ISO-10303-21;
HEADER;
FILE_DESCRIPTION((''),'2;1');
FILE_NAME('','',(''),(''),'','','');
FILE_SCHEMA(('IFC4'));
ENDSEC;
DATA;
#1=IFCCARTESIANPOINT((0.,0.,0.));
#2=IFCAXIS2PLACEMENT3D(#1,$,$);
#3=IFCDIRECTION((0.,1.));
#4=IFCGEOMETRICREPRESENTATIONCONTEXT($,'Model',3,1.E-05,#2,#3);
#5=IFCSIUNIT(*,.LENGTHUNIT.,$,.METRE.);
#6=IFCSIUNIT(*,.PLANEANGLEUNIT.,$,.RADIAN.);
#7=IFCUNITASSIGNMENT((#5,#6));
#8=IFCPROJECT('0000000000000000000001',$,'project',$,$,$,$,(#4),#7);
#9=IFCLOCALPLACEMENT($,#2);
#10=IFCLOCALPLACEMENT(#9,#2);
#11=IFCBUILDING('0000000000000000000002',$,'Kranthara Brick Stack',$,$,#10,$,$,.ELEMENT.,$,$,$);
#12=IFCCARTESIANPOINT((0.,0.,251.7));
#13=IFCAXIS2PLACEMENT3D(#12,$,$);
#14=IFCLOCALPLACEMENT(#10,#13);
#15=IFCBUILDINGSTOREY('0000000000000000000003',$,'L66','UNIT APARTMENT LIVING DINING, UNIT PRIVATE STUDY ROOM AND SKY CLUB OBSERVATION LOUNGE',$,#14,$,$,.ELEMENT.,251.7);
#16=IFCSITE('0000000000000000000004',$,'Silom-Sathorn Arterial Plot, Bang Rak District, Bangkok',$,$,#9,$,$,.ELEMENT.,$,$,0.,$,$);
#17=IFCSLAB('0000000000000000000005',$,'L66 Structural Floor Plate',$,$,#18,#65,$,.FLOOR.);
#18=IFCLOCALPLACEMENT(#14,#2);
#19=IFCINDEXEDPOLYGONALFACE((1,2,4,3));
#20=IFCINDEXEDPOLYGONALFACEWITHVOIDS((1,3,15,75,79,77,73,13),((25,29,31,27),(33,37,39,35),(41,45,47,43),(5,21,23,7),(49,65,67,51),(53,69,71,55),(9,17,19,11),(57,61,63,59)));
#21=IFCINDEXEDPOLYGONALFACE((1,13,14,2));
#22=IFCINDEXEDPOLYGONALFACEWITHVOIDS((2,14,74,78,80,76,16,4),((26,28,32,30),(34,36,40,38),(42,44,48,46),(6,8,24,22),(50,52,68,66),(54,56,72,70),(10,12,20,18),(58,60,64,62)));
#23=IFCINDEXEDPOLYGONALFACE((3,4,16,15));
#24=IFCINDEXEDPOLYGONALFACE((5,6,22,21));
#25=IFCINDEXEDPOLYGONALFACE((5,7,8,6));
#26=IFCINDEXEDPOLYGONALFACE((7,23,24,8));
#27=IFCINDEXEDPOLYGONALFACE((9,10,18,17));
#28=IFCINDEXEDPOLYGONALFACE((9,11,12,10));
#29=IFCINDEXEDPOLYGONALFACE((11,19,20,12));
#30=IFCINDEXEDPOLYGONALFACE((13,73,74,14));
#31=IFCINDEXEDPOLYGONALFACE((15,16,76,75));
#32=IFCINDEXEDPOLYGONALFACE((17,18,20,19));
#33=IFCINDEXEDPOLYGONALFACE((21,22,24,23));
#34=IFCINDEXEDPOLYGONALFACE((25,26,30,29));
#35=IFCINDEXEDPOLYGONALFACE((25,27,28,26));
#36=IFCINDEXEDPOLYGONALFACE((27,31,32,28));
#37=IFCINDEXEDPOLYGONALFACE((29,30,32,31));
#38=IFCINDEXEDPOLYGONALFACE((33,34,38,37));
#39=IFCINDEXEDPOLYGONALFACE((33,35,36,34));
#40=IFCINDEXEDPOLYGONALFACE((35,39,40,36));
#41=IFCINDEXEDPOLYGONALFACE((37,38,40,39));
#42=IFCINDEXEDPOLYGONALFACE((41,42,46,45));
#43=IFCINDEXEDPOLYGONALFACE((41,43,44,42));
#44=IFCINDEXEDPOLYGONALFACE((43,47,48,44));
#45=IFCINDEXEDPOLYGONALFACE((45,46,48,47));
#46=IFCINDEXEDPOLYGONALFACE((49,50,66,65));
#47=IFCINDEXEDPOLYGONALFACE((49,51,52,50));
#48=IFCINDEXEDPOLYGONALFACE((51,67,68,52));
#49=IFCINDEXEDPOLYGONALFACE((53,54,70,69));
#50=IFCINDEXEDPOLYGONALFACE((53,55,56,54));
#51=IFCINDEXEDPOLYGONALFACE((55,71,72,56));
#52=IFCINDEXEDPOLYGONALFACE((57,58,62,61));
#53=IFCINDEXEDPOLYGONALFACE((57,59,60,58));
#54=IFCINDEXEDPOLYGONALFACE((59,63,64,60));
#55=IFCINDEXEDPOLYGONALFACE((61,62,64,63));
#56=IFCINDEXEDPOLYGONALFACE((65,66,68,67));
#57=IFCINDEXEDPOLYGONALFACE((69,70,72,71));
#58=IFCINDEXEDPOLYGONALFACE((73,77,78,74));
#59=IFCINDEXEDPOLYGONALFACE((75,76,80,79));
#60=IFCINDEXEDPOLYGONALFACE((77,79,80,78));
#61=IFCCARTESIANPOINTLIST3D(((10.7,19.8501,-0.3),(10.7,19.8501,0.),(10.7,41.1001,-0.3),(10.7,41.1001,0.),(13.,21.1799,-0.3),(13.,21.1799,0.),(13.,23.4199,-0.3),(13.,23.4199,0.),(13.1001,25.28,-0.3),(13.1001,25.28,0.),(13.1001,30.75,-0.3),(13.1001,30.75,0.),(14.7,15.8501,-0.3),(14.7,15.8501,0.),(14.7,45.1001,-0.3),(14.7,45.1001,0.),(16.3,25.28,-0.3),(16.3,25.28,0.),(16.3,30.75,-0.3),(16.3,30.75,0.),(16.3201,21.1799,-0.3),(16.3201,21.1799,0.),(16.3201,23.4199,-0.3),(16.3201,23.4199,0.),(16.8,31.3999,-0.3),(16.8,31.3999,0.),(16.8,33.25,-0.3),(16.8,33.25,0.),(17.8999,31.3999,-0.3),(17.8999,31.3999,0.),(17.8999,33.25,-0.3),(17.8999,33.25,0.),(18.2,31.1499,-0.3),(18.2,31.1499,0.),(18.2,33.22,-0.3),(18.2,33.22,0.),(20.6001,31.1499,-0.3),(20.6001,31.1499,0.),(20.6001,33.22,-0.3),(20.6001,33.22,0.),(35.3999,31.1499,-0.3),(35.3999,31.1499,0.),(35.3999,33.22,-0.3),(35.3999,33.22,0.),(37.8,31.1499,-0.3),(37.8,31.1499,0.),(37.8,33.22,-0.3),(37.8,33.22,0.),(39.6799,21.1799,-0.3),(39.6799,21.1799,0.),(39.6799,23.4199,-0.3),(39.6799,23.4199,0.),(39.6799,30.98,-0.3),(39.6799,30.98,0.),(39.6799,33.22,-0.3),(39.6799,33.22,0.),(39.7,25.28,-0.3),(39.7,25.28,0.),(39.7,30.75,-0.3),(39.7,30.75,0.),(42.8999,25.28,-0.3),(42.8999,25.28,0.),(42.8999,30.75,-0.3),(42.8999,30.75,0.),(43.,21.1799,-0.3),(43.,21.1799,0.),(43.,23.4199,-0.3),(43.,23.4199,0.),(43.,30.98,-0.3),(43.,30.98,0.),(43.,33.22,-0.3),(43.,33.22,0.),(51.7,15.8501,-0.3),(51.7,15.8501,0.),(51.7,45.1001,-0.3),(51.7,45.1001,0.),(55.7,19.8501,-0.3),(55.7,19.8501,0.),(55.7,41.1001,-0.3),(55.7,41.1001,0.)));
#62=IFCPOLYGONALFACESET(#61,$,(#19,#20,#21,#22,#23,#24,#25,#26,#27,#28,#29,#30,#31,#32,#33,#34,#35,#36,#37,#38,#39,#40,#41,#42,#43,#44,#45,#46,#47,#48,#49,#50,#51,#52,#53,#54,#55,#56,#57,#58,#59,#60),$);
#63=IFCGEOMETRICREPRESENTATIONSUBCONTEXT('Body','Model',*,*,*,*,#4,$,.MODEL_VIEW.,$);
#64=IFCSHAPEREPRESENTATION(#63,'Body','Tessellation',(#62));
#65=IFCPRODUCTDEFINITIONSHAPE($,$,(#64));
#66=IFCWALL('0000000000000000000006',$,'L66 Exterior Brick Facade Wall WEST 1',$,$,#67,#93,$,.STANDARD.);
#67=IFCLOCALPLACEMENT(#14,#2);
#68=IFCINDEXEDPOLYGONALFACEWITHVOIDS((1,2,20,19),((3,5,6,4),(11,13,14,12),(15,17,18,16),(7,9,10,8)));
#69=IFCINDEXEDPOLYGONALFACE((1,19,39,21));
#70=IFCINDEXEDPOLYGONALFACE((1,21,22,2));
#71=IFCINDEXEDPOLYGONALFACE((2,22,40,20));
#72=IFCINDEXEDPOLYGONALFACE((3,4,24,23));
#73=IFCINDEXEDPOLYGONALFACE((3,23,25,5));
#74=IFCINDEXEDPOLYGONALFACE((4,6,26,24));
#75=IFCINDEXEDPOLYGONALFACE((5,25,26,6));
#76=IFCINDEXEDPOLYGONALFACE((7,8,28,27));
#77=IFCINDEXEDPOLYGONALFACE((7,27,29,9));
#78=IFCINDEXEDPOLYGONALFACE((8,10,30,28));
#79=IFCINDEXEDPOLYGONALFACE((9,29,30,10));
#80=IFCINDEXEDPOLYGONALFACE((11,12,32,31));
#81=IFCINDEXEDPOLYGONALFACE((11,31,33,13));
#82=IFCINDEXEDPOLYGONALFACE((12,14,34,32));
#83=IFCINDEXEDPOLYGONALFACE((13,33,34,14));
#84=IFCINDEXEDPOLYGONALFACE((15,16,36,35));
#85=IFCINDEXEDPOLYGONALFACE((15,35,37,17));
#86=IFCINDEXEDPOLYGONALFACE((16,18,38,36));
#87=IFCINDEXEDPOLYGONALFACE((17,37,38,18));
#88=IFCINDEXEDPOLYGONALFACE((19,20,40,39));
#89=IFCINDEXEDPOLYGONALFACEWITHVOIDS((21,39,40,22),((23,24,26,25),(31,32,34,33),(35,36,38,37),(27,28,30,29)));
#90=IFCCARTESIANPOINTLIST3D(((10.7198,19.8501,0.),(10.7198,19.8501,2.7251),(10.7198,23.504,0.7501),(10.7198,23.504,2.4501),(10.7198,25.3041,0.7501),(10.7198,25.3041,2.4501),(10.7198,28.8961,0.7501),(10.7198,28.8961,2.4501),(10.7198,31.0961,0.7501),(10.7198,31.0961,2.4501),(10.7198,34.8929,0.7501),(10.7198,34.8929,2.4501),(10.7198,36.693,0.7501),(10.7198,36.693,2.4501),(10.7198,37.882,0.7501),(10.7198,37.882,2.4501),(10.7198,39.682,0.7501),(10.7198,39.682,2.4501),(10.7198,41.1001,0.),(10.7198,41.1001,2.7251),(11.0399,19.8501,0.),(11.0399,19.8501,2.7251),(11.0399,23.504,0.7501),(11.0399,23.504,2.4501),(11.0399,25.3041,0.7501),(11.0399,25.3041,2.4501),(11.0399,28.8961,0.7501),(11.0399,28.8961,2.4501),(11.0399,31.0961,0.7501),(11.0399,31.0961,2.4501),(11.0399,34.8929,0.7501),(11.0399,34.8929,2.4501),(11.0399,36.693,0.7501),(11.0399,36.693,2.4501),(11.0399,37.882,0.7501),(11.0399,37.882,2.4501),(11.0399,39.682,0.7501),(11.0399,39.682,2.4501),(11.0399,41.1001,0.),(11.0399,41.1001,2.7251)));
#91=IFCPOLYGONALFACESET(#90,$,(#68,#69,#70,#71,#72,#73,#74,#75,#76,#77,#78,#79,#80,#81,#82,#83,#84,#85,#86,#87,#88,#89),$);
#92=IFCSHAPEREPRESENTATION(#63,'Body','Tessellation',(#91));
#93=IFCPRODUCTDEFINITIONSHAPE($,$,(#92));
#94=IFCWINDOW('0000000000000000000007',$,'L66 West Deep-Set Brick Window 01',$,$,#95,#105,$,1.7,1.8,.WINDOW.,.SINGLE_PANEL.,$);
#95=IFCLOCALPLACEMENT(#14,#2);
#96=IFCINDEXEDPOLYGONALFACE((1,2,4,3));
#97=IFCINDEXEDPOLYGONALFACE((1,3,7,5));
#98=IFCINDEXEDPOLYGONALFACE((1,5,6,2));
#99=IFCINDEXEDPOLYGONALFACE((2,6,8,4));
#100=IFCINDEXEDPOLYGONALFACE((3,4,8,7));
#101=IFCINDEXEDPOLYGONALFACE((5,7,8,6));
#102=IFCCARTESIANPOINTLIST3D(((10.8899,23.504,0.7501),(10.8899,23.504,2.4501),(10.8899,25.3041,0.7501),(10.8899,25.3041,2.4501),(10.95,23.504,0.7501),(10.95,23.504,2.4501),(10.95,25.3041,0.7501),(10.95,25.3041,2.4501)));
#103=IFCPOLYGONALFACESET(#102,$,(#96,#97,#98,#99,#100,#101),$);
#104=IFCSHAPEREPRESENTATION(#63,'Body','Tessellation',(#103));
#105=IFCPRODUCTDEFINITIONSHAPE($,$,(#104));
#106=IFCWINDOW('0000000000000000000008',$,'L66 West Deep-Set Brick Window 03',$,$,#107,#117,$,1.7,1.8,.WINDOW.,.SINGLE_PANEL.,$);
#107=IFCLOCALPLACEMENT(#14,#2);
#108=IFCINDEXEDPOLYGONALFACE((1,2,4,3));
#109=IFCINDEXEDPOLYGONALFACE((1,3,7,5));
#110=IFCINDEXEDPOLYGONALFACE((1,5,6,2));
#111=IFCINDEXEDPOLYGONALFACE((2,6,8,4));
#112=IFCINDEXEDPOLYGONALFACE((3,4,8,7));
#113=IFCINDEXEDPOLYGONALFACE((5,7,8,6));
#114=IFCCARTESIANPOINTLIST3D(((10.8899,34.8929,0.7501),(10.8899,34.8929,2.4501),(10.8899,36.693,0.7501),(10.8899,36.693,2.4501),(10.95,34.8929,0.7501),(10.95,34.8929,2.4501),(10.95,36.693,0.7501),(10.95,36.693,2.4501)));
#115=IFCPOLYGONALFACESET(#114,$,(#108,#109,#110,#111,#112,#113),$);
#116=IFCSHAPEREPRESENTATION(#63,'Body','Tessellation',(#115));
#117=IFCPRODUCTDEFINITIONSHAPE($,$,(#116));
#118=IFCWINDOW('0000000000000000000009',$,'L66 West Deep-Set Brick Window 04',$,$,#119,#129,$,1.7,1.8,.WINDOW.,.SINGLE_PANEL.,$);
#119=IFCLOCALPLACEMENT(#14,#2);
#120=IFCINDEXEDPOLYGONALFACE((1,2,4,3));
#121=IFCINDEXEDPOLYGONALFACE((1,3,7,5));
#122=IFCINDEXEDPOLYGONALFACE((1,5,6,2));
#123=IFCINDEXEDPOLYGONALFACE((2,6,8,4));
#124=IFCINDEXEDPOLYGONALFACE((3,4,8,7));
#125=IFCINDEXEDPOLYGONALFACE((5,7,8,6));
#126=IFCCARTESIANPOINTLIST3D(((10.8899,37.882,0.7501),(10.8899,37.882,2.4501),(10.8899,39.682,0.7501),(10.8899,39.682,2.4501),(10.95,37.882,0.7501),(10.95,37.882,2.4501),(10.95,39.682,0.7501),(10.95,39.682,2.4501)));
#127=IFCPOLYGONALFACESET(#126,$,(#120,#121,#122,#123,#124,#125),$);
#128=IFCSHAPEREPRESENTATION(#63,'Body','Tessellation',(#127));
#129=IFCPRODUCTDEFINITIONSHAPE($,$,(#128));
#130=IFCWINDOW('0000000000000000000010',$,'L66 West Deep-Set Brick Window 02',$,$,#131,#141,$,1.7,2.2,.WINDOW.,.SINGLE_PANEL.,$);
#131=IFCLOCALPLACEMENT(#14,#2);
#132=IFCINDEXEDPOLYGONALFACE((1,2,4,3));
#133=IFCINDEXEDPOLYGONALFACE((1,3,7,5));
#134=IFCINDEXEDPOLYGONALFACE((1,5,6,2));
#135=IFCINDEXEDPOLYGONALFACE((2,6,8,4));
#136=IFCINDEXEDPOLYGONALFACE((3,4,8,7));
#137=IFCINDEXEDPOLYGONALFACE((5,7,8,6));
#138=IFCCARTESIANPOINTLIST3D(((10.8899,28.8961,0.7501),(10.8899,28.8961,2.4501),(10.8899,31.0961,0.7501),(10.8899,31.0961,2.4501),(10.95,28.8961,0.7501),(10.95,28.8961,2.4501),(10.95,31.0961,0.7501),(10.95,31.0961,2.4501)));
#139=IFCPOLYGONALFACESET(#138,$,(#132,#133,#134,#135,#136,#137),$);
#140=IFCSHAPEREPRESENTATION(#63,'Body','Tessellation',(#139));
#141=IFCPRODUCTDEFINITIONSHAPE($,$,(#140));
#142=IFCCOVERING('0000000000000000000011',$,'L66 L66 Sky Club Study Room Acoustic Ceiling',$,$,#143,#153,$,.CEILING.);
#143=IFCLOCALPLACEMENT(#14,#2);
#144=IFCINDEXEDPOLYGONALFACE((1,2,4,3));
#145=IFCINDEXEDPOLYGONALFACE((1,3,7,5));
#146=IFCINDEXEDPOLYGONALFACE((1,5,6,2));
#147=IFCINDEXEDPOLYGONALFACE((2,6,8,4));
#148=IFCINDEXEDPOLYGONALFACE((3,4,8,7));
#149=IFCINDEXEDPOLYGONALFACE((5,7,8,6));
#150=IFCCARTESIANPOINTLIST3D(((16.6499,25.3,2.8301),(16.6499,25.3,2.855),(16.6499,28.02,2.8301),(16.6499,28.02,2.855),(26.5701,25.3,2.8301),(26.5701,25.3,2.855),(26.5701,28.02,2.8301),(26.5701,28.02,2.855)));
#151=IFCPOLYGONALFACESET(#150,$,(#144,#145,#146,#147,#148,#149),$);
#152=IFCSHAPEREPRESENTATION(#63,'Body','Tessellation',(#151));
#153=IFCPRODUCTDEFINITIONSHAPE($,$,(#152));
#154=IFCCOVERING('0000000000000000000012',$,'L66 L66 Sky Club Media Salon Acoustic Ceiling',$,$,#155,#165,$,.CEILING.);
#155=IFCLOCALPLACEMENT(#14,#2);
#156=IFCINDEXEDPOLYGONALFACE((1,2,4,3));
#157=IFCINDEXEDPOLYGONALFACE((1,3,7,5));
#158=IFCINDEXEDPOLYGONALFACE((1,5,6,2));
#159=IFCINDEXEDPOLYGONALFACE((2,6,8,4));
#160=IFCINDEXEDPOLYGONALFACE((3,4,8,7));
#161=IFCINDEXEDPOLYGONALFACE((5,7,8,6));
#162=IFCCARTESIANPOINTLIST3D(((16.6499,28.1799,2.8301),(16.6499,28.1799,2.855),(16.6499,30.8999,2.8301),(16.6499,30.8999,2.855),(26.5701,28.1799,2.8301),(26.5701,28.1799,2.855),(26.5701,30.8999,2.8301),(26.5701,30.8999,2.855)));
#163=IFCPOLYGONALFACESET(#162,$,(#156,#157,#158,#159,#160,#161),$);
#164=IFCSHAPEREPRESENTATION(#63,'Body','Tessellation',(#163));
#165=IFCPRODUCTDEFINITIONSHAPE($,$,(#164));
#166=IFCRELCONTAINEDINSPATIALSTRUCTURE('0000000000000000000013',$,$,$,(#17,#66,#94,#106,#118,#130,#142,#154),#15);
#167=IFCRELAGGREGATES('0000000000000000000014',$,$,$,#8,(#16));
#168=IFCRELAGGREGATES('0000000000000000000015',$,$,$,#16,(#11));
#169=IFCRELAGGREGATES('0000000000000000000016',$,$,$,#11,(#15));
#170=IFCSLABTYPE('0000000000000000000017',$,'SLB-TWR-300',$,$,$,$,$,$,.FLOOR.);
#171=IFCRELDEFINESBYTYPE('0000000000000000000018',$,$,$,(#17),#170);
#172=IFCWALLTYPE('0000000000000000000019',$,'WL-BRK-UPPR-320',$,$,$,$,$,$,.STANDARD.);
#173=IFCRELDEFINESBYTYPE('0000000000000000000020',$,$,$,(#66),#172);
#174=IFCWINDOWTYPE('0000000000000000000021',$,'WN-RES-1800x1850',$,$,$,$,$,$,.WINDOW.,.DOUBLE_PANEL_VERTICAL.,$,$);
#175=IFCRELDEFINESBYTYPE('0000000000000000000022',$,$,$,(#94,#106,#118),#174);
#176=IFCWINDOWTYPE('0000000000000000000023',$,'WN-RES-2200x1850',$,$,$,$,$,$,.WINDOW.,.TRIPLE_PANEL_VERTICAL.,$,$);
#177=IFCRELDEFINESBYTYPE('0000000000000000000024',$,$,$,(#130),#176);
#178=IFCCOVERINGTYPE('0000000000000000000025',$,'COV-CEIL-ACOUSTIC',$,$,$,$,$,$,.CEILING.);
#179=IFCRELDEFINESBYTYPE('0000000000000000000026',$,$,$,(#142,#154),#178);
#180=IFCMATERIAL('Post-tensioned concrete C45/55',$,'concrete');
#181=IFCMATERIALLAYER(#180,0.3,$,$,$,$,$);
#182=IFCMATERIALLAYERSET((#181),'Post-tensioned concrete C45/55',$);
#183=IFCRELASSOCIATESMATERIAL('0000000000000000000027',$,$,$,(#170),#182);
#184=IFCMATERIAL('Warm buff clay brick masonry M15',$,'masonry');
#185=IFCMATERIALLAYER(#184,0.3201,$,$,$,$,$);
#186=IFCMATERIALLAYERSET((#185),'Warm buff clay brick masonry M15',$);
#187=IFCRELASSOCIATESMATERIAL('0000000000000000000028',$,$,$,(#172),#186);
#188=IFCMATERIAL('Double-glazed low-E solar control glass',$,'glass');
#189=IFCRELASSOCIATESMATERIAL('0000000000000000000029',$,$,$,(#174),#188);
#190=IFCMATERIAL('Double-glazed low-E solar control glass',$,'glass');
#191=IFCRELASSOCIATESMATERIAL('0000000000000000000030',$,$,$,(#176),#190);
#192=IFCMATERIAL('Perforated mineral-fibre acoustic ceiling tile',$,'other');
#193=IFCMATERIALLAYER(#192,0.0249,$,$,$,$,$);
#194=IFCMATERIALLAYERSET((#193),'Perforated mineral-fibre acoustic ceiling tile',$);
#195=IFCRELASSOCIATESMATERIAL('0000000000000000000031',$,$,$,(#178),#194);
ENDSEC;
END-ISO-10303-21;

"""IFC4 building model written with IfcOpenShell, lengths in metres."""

from ifc_helpers import new_model, si_unit, direction, frame, frame_2d, origin, place, context, subcontext, project, spatial, polyline, rectangle, outline, extrude, material, layer, layer_set, type_object, element, fill, save


model = new_model("IFC4")

# Units and contexts
model_context = context("Model", 3, precision=1e-05, world=origin(), true_north=direction((0.0, 1.0)))
body_context = subcontext(model_context, "Body", "Model", "MODEL_VIEW")
ifc_project = project(units=[si_unit("LENGTHUNIT", "METRE"), si_unit("PLANEANGLEUNIT", "RADIAN")], contexts=[model_context])

# Site, building, storey
site_placement = place(None, origin())
site = spatial("IfcSite", under=ifc_project, at=site_placement, Name="Silom-Sathorn Arterial Plot, Bang Rak District, Bangkok", CompositionType="ELEMENT", RefElevation=0.0)
building_placement = place(site_placement, origin())
building = spatial("IfcBuilding", under=site, at=building_placement, Name="Kranthara Brick Stack", CompositionType="ELEMENT")
storey_placement = place(building_placement, frame((0.0, 0.0, 251.7)))
storey = spatial("IfcBuildingStorey", under=building, at=storey_placement, Name="L66", Description="UNIT APARTMENT LIVING DINING, UNIT PRIVATE STUDY ROOM AND SKY CLUB OBSERVATION LOUNGE", CompositionType="ELEMENT", Elevation=251.7)

# Slab
ifc_material_1 = material(Name="Post-tensioned concrete C45/55", Category="concrete")
ifc_layer_1 = layer(ifc_material_1, 0.3)
ifc_layer_set_1 = layer_set([ifc_layer_1], Name="Post-tensioned concrete C45/55")
slab_type_1 = type_object("IfcSlabType", Name="SLB-TWR-300", PredefinedType="FLOOR", material=ifc_layer_set_1)
slab_1_placement = place(storey_placement, frame((0.0, 0.0, -0.3)))
element("IfcSlab", 1, at=slab_1_placement, inside=storey, type_object=slab_type_1, Name="L66 Structural Floor Plate", PredefinedType="FLOOR", context=body_context, shape_type="SweptSolid", body=[
    extrude(outline(polyline([(14.7, 15.8501), (51.7, 15.8501), (55.7, 19.8501), (55.7, 41.1001), (51.7, 45.1001), (14.7, 45.1001), (10.7, 41.1001), (10.7, 19.8501), (14.7, 15.8501)]), holes=[polyline([(13.1001, 25.28), (16.3, 25.28), (16.3, 30.75), (13.1001, 30.75), (13.1001, 25.28)]), polyline([(39.7, 25.28), (42.8999, 25.28), (42.8999, 30.75), (39.7, 30.75), (39.7, 25.28)]), polyline([(13.0, 21.1799), (16.3201, 21.1799), (16.3201, 23.4199), (13.0, 23.4199), (13.0, 21.1799)]), polyline([(39.6799, 21.1799), (43.0, 21.1799), (43.0, 23.4199), (39.6799, 23.4199), (39.6799, 21.1799)]), polyline([(39.6799, 30.98), (43.0, 30.98), (43.0, 33.22), (39.6799, 33.22), (39.6799, 30.98)]), polyline([(18.2, 31.1499), (20.6001, 31.1499), (20.6001, 33.22), (18.2, 33.22), (18.2, 31.1499)]), polyline([(35.3999, 31.1499), (37.8, 31.1499), (37.8, 33.22), (35.3999, 33.22), (35.3999, 31.1499)]), polyline([(16.8, 31.3999), (17.8999, 31.3999), (17.8999, 33.25), (16.8, 33.25), (16.8, 31.3999)])]), origin(), (0.0, 0.0, 1.0), 0.3),
])

# Wall, openings, windows
ifc_material_2 = material(Name="Warm buff clay brick masonry M15", Category="masonry")
ifc_layer_2 = layer(ifc_material_2, 0.3201)
ifc_layer_set_2 = layer_set([ifc_layer_2], Name="Warm buff clay brick masonry M15")
wall_type = type_object("IfcWallType", Name="WL-BRK-UPPR-320", PredefinedType="STANDARD", material=ifc_layer_set_2)
wall_placement = place(storey_placement, frame((10.8799, 19.8501, 0.0), z_axis=(0.0, 0.0, 1.0), x_axis=(0.0, 1.0, 0.0)))
wall = element("IfcWall", 2, at=wall_placement, inside=storey, type_object=wall_type, Name="L66 Exterior Brick Facade Wall WEST 1", PredefinedType="STANDARD", context=body_context, shape_type="SweptSolid", body=[
    extrude(rectangle(XDim=21.25, YDim=0.3201, at=frame_2d((10.625, 0.0))), origin(), (0.0, 0.0, 1.0), 2.7251),
])
opening_1_placement = place(wall_placement, frame((3.6541, 0.0, 0.75)))
opening_1 = element("IfcOpeningElement", 3, at=opening_1_placement, cuts=wall, PredefinedType="OPENING", context=body_context, shape_type="SweptSolid", body=[
    extrude(rectangle(XDim=1.8, YDim=1.7, at=frame_2d((0.8999, 0.8501))), frame((0.0, 0.1699, 0.0), z_axis=(0.0, -1.0, 0.0), x_axis=(1.0, 0.0, 0.0)), (0.0, 0.0, 1.0), 0.3401),
])
opening_2_placement = place(wall_placement, frame((9.0459, 0.0, 0.75)))
opening_2 = element("IfcOpeningElement", 4, at=opening_2_placement, cuts=wall, PredefinedType="OPENING", context=body_context, shape_type="SweptSolid", body=[
    extrude(rectangle(XDim=2.2, YDim=1.7, at=frame_2d((1.1001, 0.8501))), frame((0.0, 0.1699, 0.0), z_axis=(0.0, -1.0, 0.0), x_axis=(1.0, 0.0, 0.0)), (0.0, 0.0, 1.0), 0.3401),
])
opening_3_placement = place(wall_placement, frame((15.043, 0.0, 0.75)))
opening_3 = element("IfcOpeningElement", 5, at=opening_3_placement, cuts=wall, PredefinedType="OPENING", context=body_context, shape_type="SweptSolid", body=[
    extrude(rectangle(XDim=1.8, YDim=1.7, at=frame_2d((0.8999, 0.8501))), frame((0.0, 0.1699, 0.0), z_axis=(0.0, -1.0, 0.0), x_axis=(1.0, 0.0, 0.0)), (0.0, 0.0, 1.0), 0.3401),
])
opening_4_placement = place(wall_placement, frame((18.032, 0.0, 0.75)))
opening_4 = element("IfcOpeningElement", 6, at=opening_4_placement, cuts=wall, PredefinedType="OPENING", context=body_context, shape_type="SweptSolid", body=[
    extrude(rectangle(XDim=1.8, YDim=1.7, at=frame_2d((0.8999, 0.8501))), frame((0.0, 0.1699, 0.0), z_axis=(0.0, -1.0, 0.0), x_axis=(1.0, 0.0, 0.0)), (0.0, 0.0, 1.0), 0.3401),
])
ifc_material_3 = material(Name="Double-glazed low-E solar control glass", Category="glass")
window_type_1 = type_object("IfcWindowType", Name="WN-RES-1800x1850", PartitioningType="DOUBLE_PANEL_VERTICAL", PredefinedType="WINDOW", material=ifc_material_3)
window_1_placement = place(opening_1_placement, origin())
window_1 = element("IfcWindow", 7, at=window_1_placement, inside=storey, type_object=window_type_1, Name="L66 West Deep-Set Brick Window 01", OverallHeight=1.7, OverallWidth=1.8, PartitioningType="SINGLE_PANEL", PredefinedType="WINDOW", context=body_context, shape_type="SweptSolid", body=[
    extrude(rectangle(XDim=1.8, YDim=1.7, at=frame_2d((0.8999, 0.8501))), frame((0.0, -0.01, 0.0), z_axis=(0.0, -1.0, 0.0), x_axis=(1.0, 0.0, 0.0)), (0.0, 0.0, 1.0), 0.0601),
])
fill(opening_1, window_1)
window_2_placement = place(opening_3_placement, origin())
window_2 = element("IfcWindow", 8, at=window_2_placement, inside=storey, type_object=window_type_1, Name="L66 West Deep-Set Brick Window 03", OverallHeight=1.7, OverallWidth=1.8, PartitioningType="SINGLE_PANEL", PredefinedType="WINDOW", context=body_context, shape_type="SweptSolid", body=[
    extrude(rectangle(XDim=1.8, YDim=1.7, at=frame_2d((0.8999, 0.8501))), frame((0.0, -0.01, 0.0), z_axis=(0.0, -1.0, 0.0), x_axis=(1.0, 0.0, 0.0)), (0.0, 0.0, 1.0), 0.0601),
])
fill(opening_3, window_2)
window_3_placement = place(opening_4_placement, origin())
window_3 = element("IfcWindow", 9, at=window_3_placement, inside=storey, type_object=window_type_1, Name="L66 West Deep-Set Brick Window 04", OverallHeight=1.7, OverallWidth=1.8, PartitioningType="SINGLE_PANEL", PredefinedType="WINDOW", context=body_context, shape_type="SweptSolid", body=[
    extrude(rectangle(XDim=1.8, YDim=1.7, at=frame_2d((0.8999, 0.8501))), frame((0.0, -0.01, 0.0), z_axis=(0.0, -1.0, 0.0), x_axis=(1.0, 0.0, 0.0)), (0.0, 0.0, 1.0), 0.0601),
])
fill(opening_4, window_3)
ifc_material_4 = material(Name="Double-glazed low-E solar control glass", Category="glass")
window_type_2 = type_object("IfcWindowType", Name="WN-RES-2200x1850", PartitioningType="TRIPLE_PANEL_VERTICAL", PredefinedType="WINDOW", material=ifc_material_4)
window_4_placement = place(opening_2_placement, origin())
window_4 = element("IfcWindow", 10, at=window_4_placement, inside=storey, type_object=window_type_2, Name="L66 West Deep-Set Brick Window 02", OverallHeight=1.7, OverallWidth=2.2, PartitioningType="SINGLE_PANEL", PredefinedType="WINDOW", context=body_context, shape_type="SweptSolid", body=[
    extrude(rectangle(XDim=2.2, YDim=1.7, at=frame_2d((1.1001, 0.8501))), frame((0.0, -0.01, 0.0), z_axis=(0.0, -1.0, 0.0), x_axis=(1.0, 0.0, 0.0)), (0.0, 0.0, 1.0), 0.0601),
])
fill(opening_2, window_4)

# Coverings
ifc_material_5 = material(Name="Perforated mineral-fibre acoustic ceiling tile", Category="other")
ifc_layer_3 = layer(ifc_material_5, 0.0249)
ifc_layer_set_3 = layer_set([ifc_layer_3], Name="Perforated mineral-fibre acoustic ceiling tile")
covering_type_1 = type_object("IfcCoveringType", Name="COV-CEIL-ACOUSTIC", PredefinedType="CEILING", material=ifc_layer_set_3)
covering_1_placement = place(storey_placement, frame((0.0, 0.0, 2.8301)))
element("IfcCovering", 11, at=covering_1_placement, inside=storey, type_object=covering_type_1, Name="L66 L66 Sky Club Study Room Acoustic Ceiling", PredefinedType="CEILING", context=body_context, shape_type="SweptSolid", body=[
    extrude(outline(polyline([(26.5701, 25.3), (26.5701, 28.02), (16.6499, 28.02), (16.6499, 25.3), (26.5701, 25.3)])), origin(), (0.0, 0.0, 1.0), 0.0249),
])
covering_2_placement = place(storey_placement, frame((0.0, 0.0, 2.8301)))
element("IfcCovering", 12, at=covering_2_placement, inside=storey, type_object=covering_type_1, Name="L66 L66 Sky Club Media Salon Acoustic Ceiling", PredefinedType="CEILING", context=body_context, shape_type="SweptSolid", body=[
    extrude(outline(polyline([(26.5701, 28.1799), (26.5701, 30.8999), (16.6499, 30.8999), (16.6499, 28.1799), (26.5701, 28.1799)])), origin(), (0.0, 0.0, 1.0), 0.0249),
])

save(model, "model.ifc")
